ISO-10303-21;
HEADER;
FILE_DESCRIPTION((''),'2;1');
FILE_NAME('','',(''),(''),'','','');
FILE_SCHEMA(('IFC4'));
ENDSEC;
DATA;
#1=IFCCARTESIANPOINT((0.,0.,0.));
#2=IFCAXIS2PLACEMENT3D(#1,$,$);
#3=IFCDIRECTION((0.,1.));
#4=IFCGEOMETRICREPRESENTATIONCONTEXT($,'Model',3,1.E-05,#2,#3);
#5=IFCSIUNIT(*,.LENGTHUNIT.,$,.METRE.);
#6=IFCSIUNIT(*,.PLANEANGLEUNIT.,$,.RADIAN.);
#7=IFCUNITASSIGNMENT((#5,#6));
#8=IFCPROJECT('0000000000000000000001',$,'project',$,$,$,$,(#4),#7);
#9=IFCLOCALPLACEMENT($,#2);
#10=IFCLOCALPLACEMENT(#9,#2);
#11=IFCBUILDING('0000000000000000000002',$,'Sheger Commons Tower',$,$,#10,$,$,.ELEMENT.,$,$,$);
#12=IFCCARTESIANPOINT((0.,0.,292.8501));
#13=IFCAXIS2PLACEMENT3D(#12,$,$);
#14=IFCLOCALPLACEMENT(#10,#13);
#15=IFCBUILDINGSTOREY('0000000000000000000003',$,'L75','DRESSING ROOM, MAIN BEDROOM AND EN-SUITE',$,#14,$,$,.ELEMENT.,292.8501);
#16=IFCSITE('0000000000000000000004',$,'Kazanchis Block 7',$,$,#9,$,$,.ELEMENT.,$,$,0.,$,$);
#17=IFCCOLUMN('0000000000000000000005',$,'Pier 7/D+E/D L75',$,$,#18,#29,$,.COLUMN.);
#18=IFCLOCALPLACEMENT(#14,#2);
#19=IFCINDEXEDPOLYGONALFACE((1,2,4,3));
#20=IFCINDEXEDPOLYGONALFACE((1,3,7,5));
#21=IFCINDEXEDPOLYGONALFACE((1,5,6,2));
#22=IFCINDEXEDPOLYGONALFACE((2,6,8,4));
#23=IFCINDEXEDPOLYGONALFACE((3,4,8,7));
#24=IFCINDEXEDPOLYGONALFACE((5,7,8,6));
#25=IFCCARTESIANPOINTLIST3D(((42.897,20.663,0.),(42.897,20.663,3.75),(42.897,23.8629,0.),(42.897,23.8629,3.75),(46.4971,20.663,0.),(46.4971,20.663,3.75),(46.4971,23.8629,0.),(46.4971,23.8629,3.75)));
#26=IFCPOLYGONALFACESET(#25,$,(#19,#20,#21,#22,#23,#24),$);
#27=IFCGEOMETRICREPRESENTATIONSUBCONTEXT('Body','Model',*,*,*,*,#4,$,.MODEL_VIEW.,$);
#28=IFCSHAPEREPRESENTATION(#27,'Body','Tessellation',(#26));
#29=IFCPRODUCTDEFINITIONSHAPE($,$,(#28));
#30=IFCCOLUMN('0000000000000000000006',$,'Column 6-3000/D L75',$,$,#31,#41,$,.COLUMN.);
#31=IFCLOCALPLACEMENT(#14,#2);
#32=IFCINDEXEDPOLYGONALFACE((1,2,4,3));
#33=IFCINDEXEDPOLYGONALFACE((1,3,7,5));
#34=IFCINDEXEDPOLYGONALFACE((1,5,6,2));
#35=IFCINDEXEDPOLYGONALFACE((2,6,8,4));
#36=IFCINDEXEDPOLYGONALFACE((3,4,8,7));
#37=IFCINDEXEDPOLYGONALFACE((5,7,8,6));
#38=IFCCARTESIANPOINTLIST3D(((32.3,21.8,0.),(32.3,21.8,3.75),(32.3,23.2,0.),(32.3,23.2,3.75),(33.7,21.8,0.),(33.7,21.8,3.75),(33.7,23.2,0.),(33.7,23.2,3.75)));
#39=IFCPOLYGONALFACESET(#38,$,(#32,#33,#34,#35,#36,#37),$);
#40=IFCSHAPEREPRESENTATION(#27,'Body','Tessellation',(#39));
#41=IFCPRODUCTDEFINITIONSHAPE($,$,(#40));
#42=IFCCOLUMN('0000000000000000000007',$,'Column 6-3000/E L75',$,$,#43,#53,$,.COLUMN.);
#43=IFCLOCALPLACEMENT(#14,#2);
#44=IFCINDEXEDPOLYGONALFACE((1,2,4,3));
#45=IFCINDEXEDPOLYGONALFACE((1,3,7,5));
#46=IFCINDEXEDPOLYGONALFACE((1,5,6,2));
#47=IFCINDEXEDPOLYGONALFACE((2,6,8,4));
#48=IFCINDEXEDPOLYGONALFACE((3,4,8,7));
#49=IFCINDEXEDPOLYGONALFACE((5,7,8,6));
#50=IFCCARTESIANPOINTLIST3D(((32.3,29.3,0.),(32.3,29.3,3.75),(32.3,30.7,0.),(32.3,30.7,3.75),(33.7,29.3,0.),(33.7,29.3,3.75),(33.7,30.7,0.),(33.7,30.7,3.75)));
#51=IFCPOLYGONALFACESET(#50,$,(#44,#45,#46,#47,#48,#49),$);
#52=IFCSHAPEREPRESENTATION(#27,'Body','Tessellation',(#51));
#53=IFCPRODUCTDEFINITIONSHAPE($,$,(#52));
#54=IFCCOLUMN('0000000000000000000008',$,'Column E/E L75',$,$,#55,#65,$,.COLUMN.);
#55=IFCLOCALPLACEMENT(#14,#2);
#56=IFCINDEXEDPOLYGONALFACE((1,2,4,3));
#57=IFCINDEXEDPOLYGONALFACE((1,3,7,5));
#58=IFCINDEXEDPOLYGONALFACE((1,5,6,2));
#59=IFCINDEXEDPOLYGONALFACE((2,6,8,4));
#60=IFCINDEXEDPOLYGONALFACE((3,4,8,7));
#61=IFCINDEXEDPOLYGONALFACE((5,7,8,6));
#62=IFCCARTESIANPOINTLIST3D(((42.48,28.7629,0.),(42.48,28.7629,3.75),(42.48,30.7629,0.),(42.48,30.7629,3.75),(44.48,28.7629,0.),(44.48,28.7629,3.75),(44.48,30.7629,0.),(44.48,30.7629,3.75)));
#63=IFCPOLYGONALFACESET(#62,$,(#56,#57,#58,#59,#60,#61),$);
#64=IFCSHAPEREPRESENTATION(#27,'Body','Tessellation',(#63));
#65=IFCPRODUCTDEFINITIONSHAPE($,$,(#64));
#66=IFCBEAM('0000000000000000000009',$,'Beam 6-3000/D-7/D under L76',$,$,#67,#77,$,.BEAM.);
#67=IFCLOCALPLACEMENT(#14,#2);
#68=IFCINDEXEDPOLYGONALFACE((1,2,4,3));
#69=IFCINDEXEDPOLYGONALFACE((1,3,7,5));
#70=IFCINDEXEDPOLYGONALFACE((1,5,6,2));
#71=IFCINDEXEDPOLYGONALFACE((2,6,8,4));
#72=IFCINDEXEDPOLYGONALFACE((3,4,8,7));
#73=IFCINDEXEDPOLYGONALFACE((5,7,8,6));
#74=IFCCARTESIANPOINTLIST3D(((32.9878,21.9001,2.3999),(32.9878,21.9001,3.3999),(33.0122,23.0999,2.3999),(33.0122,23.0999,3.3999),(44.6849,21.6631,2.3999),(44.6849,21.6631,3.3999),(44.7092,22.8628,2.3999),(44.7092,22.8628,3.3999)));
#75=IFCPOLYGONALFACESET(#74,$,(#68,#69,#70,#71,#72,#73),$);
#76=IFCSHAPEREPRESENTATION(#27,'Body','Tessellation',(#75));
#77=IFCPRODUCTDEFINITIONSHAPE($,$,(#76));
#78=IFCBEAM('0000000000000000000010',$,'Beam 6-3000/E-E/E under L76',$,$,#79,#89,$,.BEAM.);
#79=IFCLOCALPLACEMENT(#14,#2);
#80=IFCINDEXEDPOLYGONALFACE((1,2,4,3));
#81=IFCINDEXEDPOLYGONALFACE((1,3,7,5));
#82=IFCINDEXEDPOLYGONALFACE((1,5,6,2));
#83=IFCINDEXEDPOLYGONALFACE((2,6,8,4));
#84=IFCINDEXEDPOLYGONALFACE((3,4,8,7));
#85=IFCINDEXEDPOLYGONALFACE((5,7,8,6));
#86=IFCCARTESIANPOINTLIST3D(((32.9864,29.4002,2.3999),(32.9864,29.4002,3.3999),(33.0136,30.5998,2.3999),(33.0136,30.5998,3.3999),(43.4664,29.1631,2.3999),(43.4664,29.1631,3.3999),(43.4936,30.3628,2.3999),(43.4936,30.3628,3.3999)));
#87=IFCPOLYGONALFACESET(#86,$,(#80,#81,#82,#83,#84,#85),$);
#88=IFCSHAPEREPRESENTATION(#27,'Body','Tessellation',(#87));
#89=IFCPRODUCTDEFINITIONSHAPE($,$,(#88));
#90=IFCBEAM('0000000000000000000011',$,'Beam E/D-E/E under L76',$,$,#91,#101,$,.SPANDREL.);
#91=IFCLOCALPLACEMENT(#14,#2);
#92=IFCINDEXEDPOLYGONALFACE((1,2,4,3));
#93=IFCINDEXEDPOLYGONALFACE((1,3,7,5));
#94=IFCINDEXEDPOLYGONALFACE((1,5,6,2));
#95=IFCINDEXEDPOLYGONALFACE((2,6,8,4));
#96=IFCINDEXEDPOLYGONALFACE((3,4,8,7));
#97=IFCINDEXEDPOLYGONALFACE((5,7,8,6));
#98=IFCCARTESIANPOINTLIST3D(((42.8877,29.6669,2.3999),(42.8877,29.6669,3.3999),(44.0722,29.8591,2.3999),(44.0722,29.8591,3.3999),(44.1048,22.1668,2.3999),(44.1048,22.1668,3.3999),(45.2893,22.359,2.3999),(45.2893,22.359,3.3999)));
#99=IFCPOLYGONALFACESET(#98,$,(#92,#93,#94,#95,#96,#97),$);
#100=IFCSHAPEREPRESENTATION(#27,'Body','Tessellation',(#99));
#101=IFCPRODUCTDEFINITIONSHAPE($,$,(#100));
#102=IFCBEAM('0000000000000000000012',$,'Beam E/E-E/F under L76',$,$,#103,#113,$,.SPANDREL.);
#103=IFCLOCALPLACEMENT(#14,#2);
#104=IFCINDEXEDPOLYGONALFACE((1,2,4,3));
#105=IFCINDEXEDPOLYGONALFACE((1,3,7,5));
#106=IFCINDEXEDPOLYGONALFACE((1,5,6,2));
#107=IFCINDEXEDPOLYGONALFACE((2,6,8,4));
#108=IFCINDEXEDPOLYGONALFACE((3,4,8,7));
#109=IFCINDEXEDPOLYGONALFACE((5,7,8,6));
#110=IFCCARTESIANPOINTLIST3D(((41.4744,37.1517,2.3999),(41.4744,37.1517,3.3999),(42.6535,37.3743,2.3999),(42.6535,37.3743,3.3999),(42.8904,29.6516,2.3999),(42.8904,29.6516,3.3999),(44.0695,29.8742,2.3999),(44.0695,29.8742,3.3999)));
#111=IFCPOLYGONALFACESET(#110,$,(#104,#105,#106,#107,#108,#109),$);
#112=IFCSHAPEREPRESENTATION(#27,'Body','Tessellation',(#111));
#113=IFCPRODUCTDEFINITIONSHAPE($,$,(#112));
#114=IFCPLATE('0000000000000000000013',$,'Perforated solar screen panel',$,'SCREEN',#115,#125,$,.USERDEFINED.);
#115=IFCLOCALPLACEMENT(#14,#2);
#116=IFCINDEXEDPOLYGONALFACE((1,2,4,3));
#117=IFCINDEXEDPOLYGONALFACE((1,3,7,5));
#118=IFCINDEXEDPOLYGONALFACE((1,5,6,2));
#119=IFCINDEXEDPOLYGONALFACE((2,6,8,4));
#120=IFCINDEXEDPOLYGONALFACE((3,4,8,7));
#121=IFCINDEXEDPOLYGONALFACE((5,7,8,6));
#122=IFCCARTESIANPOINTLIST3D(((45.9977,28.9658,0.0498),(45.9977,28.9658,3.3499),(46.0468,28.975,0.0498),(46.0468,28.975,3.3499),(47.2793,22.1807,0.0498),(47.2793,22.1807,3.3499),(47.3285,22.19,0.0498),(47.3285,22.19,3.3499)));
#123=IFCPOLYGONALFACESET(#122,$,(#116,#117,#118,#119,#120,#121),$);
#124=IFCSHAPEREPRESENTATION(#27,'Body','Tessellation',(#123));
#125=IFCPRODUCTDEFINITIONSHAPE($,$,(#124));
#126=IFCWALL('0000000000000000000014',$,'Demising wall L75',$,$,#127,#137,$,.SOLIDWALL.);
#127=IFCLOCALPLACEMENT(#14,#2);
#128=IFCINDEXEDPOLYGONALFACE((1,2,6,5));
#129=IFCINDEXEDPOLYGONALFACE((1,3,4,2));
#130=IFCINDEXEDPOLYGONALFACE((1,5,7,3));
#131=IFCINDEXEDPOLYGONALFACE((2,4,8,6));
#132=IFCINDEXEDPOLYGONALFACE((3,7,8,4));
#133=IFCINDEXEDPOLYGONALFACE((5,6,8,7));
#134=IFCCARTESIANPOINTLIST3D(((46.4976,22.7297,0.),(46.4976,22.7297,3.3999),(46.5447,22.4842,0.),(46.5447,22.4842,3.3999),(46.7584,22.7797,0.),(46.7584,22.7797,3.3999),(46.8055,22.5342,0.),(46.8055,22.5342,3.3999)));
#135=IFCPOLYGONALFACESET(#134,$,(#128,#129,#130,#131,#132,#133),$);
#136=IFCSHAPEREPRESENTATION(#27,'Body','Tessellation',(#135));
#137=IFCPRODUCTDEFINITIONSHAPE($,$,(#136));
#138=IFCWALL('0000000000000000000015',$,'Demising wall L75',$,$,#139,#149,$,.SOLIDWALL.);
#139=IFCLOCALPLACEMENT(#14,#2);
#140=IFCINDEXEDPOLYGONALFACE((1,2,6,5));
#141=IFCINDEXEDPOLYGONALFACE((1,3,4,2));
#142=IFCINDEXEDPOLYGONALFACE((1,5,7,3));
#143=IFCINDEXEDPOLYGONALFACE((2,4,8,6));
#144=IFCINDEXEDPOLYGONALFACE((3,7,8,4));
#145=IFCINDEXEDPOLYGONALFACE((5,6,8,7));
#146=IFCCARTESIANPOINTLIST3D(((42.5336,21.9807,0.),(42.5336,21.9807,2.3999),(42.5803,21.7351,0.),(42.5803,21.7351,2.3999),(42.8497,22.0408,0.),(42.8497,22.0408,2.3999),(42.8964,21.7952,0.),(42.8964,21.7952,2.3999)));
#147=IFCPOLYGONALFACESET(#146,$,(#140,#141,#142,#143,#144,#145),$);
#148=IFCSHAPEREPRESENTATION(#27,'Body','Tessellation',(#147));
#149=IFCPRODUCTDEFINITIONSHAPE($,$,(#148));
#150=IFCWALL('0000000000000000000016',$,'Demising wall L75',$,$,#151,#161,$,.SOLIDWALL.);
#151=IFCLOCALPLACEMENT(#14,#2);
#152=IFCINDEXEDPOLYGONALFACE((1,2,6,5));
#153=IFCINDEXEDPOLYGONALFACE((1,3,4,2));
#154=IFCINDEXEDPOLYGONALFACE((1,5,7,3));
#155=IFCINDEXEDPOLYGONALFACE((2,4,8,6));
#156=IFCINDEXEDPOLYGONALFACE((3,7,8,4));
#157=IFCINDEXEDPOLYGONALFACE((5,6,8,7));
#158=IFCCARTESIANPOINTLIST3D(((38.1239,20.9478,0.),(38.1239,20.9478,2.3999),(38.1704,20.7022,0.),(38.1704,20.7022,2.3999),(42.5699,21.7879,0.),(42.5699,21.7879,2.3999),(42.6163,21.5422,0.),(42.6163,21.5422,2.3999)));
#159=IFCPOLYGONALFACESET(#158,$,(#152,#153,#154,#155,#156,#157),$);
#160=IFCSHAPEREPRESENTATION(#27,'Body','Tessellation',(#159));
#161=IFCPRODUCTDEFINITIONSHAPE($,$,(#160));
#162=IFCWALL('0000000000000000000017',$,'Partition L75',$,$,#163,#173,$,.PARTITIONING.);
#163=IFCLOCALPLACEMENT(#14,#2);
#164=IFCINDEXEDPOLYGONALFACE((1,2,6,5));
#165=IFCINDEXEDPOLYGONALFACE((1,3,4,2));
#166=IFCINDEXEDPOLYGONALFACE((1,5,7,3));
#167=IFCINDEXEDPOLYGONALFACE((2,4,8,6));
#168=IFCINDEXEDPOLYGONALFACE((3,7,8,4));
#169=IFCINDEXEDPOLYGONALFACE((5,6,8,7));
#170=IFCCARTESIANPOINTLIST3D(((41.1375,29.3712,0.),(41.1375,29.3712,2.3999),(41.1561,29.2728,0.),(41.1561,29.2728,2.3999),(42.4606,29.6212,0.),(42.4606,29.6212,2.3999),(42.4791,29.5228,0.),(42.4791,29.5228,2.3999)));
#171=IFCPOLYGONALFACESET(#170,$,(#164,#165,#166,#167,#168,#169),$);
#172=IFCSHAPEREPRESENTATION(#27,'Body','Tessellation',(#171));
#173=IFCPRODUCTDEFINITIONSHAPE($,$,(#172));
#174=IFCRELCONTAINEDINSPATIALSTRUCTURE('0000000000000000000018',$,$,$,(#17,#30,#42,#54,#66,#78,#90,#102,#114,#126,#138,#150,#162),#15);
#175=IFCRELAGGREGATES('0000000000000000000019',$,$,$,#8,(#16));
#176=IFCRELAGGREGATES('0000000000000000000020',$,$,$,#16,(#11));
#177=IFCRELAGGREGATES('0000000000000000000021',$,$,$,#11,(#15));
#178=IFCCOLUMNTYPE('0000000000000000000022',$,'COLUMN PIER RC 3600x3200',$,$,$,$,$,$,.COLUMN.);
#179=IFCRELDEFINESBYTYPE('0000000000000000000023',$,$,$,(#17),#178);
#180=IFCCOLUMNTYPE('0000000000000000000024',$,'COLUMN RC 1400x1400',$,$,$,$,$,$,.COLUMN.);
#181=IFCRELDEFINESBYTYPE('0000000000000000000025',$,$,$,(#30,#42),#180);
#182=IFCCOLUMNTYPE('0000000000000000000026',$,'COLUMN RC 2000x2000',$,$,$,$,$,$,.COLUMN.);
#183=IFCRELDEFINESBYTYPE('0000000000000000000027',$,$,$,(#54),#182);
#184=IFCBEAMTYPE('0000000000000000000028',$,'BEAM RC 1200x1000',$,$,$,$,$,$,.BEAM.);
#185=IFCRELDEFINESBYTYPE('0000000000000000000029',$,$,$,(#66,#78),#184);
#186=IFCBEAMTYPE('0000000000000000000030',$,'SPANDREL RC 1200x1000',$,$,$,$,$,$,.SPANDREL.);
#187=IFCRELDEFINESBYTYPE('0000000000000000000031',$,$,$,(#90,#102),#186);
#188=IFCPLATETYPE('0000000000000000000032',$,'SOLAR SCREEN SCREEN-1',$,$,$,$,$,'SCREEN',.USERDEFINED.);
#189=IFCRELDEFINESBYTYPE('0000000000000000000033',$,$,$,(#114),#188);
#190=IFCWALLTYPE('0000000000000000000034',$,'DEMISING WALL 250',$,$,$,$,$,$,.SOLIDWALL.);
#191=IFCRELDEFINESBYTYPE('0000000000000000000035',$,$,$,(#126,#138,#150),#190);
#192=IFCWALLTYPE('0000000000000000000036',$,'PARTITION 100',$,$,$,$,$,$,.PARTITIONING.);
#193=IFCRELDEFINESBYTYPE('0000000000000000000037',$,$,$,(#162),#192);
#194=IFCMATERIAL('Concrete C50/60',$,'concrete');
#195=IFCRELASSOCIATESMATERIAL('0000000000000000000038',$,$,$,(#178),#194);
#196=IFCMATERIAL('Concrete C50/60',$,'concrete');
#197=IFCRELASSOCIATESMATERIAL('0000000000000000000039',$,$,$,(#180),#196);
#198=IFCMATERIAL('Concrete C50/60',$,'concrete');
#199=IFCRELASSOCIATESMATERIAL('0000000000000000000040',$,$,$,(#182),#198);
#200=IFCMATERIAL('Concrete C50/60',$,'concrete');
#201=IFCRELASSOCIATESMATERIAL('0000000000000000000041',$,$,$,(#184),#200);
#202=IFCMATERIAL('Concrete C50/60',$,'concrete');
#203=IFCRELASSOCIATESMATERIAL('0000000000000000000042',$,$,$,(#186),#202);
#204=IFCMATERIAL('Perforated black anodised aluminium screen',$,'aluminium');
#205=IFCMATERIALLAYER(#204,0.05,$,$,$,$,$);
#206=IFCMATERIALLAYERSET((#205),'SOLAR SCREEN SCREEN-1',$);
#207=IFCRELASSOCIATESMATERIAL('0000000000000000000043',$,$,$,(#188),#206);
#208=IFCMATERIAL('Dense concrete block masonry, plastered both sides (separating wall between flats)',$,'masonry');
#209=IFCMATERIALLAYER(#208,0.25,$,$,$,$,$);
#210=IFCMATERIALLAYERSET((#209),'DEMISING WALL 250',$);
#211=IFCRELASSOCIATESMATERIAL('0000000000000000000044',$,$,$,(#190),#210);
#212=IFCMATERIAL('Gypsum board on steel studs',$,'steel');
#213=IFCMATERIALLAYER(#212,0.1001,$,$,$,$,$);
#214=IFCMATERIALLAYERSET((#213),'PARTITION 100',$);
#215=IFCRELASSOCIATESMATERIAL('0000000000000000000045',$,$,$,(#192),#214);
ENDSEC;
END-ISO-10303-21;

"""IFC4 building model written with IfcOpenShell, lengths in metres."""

from ifc_helpers import new_model, si_unit, direction, frame, frame_2d, origin, origin_2d, place, context, subcontext, project, spatial, rectangle, extrude, material, layer, layer_set, material_profile, profile_set, type_object, element, save


model = new_model("IFC4")

# Units and contexts
model_context = context("Model", 3, precision=1e-05, world=origin(), true_north=direction((0.0, 1.0)))
body_context = subcontext(model_context, "Body", "Model", "MODEL_VIEW")
ifc_project = project(units=[si_unit("LENGTHUNIT", "METRE"), si_unit("PLANEANGLEUNIT", "RADIAN")], contexts=[model_context])

# Site, building, storey
site_placement = place(None, origin())
site = spatial("IfcSite", under=ifc_project, at=site_placement, Name="Kazanchis Block 7", CompositionType="ELEMENT", RefElevation=0.0)
building_placement = place(site_placement, origin())
building = spatial("IfcBuilding", under=site, at=building_placement, Name="Sheger Commons Tower", CompositionType="ELEMENT")
storey_placement = place(building_placement, frame((0.0, 0.0, 292.8501)))
storey = spatial("IfcBuildingStorey", under=building, at=storey_placement, Name="L75", Description="DRESSING ROOM, MAIN BEDROOM AND EN-SUITE", CompositionType="ELEMENT", Elevation=292.8501)

# Columns
ifc_material_1 = material(Name="Concrete C50/60", Category="concrete")
ifc_material_profile_1 = material_profile(ifc_material_1, rectangle(XDim=3.6001, YDim=3.2, at=origin_2d()), Name="RC 3600x3200")
ifc_profile_set_1 = profile_set([ifc_material_profile_1], Name="Concrete C50/60")
column_type_1 = type_object("IfcColumnType", Name="COLUMN PIER RC 3600x3200", PredefinedType="COLUMN", material=ifc_profile_set_1)
column_1_placement = place(storey_placement, frame((44.697, 22.2629, 0.0), z_axis=(0.0, 0.0, 1.0), x_axis=(1.0, 0.0, 0.0)))
element("IfcColumn", 1, at=column_1_placement, inside=storey, type_object=column_type_1, Name="Pier 7/D+E/D L75", PredefinedType="COLUMN", context=body_context, shape_type="SweptSolid", body=[
    extrude(rectangle(XDim=3.6001, YDim=3.2, at=origin_2d()), origin(), (0.0, 0.0, 1.0), 3.75),
])
ifc_material_2 = material(Name="Concrete C50/60", Category="concrete")
ifc_material_profile_2 = material_profile(ifc_material_2, rectangle(XDim=1.3999, YDim=1.3999, at=origin_2d()), Name="RC 1400x1400")
ifc_profile_set_2 = profile_set([ifc_material_profile_2], Name="Concrete C50/60")
column_type_2 = type_object("IfcColumnType", Name="COLUMN RC 1400x1400", PredefinedType="COLUMN", material=ifc_profile_set_2)
for number, where, z_axis, x_axis, name in (
    (2, (33.0, 22.5, 0.0), (0.0, 0.0, 1.0), (1.0, 0.0, 0.0), "Column 6-3000/D L75"),
    (3, (33.0, 30.0, 0.0), (0.0, 0.0, 1.0), (1.0, 0.0, 0.0), "Column 6-3000/E L75"),
):
    element("IfcColumn", number, at=place(storey_placement, frame(where, z_axis=z_axis, x_axis=x_axis)), inside=storey, type_object=column_type_2, Name=name, PredefinedType="COLUMN", context=body_context, shape_type="SweptSolid", body=[
        extrude(rectangle(XDim=1.3999, YDim=1.3999, at=origin_2d()), origin(), (0.0, 0.0, 1.0), 3.75),
    ])
ifc_material_3 = material(Name="Concrete C50/60", Category="concrete")
ifc_material_profile_3 = material_profile(ifc_material_3, rectangle(XDim=2.0, YDim=2.0, at=origin_2d()), Name="RC 2000x2000")
ifc_profile_set_3 = profile_set([ifc_material_profile_3], Name="Concrete C50/60")
column_type_3 = type_object("IfcColumnType", Name="COLUMN RC 2000x2000", PredefinedType="COLUMN", material=ifc_profile_set_3)
column_2_placement = place(storey_placement, frame((43.48, 29.7629, 0.0), z_axis=(0.0, 0.0, 1.0), x_axis=(1.0, 0.0, 0.0)))
element("IfcColumn", 4, at=column_2_placement, inside=storey, type_object=column_type_3, Name="Column E/E L75", PredefinedType="COLUMN", context=body_context, shape_type="SweptSolid", body=[
    extrude(rectangle(XDim=2.0, YDim=2.0, at=origin_2d()), origin(), (0.0, 0.0, 1.0), 3.75),
])

# Beams
ifc_material_4 = material(Name="Concrete C50/60", Category="concrete")
ifc_material_profile_4 = material_profile(ifc_material_4, rectangle(XDim=1.2, YDim=1.0, at=origin_2d()), Name="RC 1200x1000")
ifc_profile_set_4 = profile_set([ifc_material_profile_4], Name="Concrete C50/60")
beam_type_1 = type_object("IfcBeamType", Name="BEAM RC 1200x1000", PredefinedType="BEAM", material=ifc_profile_set_4)
beam_1_placement = place(storey_placement, frame((33.0, 22.5, 2.8999), z_axis=(0.999795, -0.020263, 0.0), x_axis=(0.020263, 0.999795, 0.0)))
element("IfcBeam", 5, at=beam_1_placement, inside=storey, type_object=beam_type_1, Name="Beam 6-3000/D-7/D under L76", PredefinedType="BEAM", context=body_context, shape_type="SweptSolid", body=[
    extrude(rectangle(XDim=1.2, YDim=1.0, at=origin_2d()), origin(), (0.0, 0.0, 1.0), 11.6995),
])
beam_2_placement = place(storey_placement, frame((33.0, 30.0, 2.8999), z_axis=(0.999744, -0.022615, 0.0), x_axis=(0.022615, 0.999744, 0.0)))
element("IfcBeam", 6, at=beam_2_placement, inside=storey, type_object=beam_type_1, Name="Beam 6-3000/E-E/E under L76", PredefinedType="BEAM", context=body_context, shape_type="SweptSolid", body=[
    extrude(rectangle(XDim=1.2, YDim=1.0, at=origin_2d()), origin(), (0.0, 0.0, 1.0), 10.4827),
])
ifc_material_5 = material(Name="Concrete C50/60", Category="concrete")
ifc_material_profile_5 = material_profile(ifc_material_5, rectangle(XDim=1.2, YDim=1.0, at=origin_2d()), Name="RC 1200x1000")
ifc_profile_set_5 = profile_set([ifc_material_profile_5], Name="Concrete C50/60")
beam_type_2 = type_object("IfcBeamType", Name="SPANDREL RC 1200x1000", PredefinedType="SPANDREL", material=ifc_profile_set_5)
beam_3_placement = place(storey_placement, frame((44.697, 22.2629, 2.8999), z_axis=(-0.160177, 0.987088, 0.0), x_axis=(-0.987088, -0.160177, 0.0)))
element("IfcBeam", 7, at=beam_3_placement, inside=storey, type_object=beam_type_2, Name="Beam E/D-E/E under L76", PredefinedType="SPANDREL", context=body_context, shape_type="SweptSolid", body=[
    extrude(rectangle(XDim=1.2, YDim=1.0, at=origin_2d()), origin(), (0.0, 0.0, 1.0), 7.5981),
])
beam_4_placement = place(storey_placement, frame((43.48, 29.7629, 2.8999), z_axis=(-0.185524, 0.98264, 0.0), x_axis=(-0.98264, -0.185524, 0.0)))
element("IfcBeam", 8, at=beam_4_placement, inside=storey, type_object=beam_type_2, Name="Beam E/E-E/F under L76", PredefinedType="SPANDREL", context=body_context, shape_type="SweptSolid", body=[
    extrude(rectangle(XDim=1.2, YDim=1.0, at=origin_2d()), origin(), (0.0, 0.0, 1.0), 7.6326),
])

# Plate
ifc_material_6 = material(Name="Perforated black anodised aluminium screen", Category="aluminium")
ifc_layer_1 = layer(ifc_material_6, 0.05)
ifc_layer_set_1 = layer_set([ifc_layer_1], Name="SOLAR SCREEN SCREEN-1")
plate_type = type_object("IfcPlateType", Name="SOLAR SCREEN SCREEN-1", ElementType="SCREEN", PredefinedType="USERDEFINED", material=ifc_layer_set_1)
plate_placement = place(storey_placement, frame((46.6631, 25.5779, 0.0498), z_axis=(0.0, 0.0, 1.0), x_axis=(-0.185615, 0.982623, 0.0)))
element("IfcPlate", 9, at=plate_placement, inside=storey, type_object=plate_type, Name="Perforated solar screen panel", ObjectType="SCREEN", PredefinedType="USERDEFINED", context=body_context, shape_type="SweptSolid", body=[
    extrude(rectangle(XDim=6.905, YDim=0.05, at=origin_2d()), origin(), (0.0, 0.0, 1.0), 3.3),
])

# Walls
ifc_material_7 = material(Name="Dense concrete block masonry, plastered both sides (separating wall between flats)", Category="masonry")
ifc_layer_2 = layer(ifc_material_7, 0.25)
ifc_layer_set_2 = layer_set([ifc_layer_2], Name="DEMISING WALL 250")
wall_type_1 = type_object("IfcWallType", Name="DEMISING WALL 250", PredefinedType="SOLIDWALL", material=ifc_layer_set_2)
wall_1_placement = place(storey_placement, frame((46.782, 22.657, 0.0), z_axis=(0.0, 0.0, 1.0), x_axis=(-0.982105, -0.188336, 0.0)))
element("IfcWall", 10, at=wall_1_placement, inside=storey, type_object=wall_type_1, Name="Demising wall L75", PredefinedType="SOLIDWALL", context=body_context, shape_type="SweptSolid", body=[
    extrude(rectangle(XDim=0.2656, YDim=0.25, at=frame_2d((0.1328, 0.0))), origin(), (0.0, 0.0, 1.0), 3.3999),
])
wall_2_placement = place(storey_placement, frame((42.873, 21.918, 0.0), z_axis=(0.0, 0.0, 1.0), x_axis=(-0.982431, -0.186624, 0.0)))
element("IfcWall", 11, at=wall_2_placement, inside=storey, type_object=wall_type_1, Name="Demising wall L75", PredefinedType="SOLIDWALL", context=body_context, shape_type="SweptSolid", body=[
    extrude(rectangle(XDim=0.3218, YDim=0.25, at=frame_2d((0.1609, 0.0))), origin(), (0.0, 0.0, 1.0), 2.3999),
])
wall_3_placement = place(storey_placement, frame((42.593, 21.665, 0.0), z_axis=(0.0, 0.0, 1.0), x_axis=(-0.982613, -0.185666, 0.0)))
element("IfcWall", 12, at=wall_3_placement, inside=storey, type_object=wall_type_1, Name="Demising wall L75", PredefinedType="SOLIDWALL", context=body_context, shape_type="SweptSolid", body=[
    extrude(rectangle(XDim=4.5247, YDim=0.25, at=frame_2d((2.2622, 0.0))), origin(), (0.0, 0.0, 1.0), 2.3999),
])
ifc_material_8 = material(Name="Gypsum board on steel studs", Category="steel")
ifc_layer_3 = layer(ifc_material_8, 0.1001)
ifc_layer_set_3 = layer_set([ifc_layer_3], Name="PARTITION 100")
wall_type_2 = type_object("IfcWallType", Name="PARTITION 100", PredefinedType="PARTITIONING", material=ifc_layer_set_3)
wall_4_placement = place(storey_placement, frame((42.47, 29.572, 0.0), z_axis=(0.0, 0.0, 1.0), x_axis=(-0.982611, -0.185679, 0.0)))
element("IfcWall", 13, at=wall_4_placement, inside=storey, type_object=wall_type_2, Name="Partition L75", PredefinedType="PARTITIONING", context=body_context, shape_type="SweptSolid", body=[
    extrude(rectangle(XDim=1.3464, YDim=0.1001, at=frame_2d((0.6733, 0.0))), origin(), (0.0, 0.0, 1.0), 2.3999),
])

save(model, "model.ifc")
